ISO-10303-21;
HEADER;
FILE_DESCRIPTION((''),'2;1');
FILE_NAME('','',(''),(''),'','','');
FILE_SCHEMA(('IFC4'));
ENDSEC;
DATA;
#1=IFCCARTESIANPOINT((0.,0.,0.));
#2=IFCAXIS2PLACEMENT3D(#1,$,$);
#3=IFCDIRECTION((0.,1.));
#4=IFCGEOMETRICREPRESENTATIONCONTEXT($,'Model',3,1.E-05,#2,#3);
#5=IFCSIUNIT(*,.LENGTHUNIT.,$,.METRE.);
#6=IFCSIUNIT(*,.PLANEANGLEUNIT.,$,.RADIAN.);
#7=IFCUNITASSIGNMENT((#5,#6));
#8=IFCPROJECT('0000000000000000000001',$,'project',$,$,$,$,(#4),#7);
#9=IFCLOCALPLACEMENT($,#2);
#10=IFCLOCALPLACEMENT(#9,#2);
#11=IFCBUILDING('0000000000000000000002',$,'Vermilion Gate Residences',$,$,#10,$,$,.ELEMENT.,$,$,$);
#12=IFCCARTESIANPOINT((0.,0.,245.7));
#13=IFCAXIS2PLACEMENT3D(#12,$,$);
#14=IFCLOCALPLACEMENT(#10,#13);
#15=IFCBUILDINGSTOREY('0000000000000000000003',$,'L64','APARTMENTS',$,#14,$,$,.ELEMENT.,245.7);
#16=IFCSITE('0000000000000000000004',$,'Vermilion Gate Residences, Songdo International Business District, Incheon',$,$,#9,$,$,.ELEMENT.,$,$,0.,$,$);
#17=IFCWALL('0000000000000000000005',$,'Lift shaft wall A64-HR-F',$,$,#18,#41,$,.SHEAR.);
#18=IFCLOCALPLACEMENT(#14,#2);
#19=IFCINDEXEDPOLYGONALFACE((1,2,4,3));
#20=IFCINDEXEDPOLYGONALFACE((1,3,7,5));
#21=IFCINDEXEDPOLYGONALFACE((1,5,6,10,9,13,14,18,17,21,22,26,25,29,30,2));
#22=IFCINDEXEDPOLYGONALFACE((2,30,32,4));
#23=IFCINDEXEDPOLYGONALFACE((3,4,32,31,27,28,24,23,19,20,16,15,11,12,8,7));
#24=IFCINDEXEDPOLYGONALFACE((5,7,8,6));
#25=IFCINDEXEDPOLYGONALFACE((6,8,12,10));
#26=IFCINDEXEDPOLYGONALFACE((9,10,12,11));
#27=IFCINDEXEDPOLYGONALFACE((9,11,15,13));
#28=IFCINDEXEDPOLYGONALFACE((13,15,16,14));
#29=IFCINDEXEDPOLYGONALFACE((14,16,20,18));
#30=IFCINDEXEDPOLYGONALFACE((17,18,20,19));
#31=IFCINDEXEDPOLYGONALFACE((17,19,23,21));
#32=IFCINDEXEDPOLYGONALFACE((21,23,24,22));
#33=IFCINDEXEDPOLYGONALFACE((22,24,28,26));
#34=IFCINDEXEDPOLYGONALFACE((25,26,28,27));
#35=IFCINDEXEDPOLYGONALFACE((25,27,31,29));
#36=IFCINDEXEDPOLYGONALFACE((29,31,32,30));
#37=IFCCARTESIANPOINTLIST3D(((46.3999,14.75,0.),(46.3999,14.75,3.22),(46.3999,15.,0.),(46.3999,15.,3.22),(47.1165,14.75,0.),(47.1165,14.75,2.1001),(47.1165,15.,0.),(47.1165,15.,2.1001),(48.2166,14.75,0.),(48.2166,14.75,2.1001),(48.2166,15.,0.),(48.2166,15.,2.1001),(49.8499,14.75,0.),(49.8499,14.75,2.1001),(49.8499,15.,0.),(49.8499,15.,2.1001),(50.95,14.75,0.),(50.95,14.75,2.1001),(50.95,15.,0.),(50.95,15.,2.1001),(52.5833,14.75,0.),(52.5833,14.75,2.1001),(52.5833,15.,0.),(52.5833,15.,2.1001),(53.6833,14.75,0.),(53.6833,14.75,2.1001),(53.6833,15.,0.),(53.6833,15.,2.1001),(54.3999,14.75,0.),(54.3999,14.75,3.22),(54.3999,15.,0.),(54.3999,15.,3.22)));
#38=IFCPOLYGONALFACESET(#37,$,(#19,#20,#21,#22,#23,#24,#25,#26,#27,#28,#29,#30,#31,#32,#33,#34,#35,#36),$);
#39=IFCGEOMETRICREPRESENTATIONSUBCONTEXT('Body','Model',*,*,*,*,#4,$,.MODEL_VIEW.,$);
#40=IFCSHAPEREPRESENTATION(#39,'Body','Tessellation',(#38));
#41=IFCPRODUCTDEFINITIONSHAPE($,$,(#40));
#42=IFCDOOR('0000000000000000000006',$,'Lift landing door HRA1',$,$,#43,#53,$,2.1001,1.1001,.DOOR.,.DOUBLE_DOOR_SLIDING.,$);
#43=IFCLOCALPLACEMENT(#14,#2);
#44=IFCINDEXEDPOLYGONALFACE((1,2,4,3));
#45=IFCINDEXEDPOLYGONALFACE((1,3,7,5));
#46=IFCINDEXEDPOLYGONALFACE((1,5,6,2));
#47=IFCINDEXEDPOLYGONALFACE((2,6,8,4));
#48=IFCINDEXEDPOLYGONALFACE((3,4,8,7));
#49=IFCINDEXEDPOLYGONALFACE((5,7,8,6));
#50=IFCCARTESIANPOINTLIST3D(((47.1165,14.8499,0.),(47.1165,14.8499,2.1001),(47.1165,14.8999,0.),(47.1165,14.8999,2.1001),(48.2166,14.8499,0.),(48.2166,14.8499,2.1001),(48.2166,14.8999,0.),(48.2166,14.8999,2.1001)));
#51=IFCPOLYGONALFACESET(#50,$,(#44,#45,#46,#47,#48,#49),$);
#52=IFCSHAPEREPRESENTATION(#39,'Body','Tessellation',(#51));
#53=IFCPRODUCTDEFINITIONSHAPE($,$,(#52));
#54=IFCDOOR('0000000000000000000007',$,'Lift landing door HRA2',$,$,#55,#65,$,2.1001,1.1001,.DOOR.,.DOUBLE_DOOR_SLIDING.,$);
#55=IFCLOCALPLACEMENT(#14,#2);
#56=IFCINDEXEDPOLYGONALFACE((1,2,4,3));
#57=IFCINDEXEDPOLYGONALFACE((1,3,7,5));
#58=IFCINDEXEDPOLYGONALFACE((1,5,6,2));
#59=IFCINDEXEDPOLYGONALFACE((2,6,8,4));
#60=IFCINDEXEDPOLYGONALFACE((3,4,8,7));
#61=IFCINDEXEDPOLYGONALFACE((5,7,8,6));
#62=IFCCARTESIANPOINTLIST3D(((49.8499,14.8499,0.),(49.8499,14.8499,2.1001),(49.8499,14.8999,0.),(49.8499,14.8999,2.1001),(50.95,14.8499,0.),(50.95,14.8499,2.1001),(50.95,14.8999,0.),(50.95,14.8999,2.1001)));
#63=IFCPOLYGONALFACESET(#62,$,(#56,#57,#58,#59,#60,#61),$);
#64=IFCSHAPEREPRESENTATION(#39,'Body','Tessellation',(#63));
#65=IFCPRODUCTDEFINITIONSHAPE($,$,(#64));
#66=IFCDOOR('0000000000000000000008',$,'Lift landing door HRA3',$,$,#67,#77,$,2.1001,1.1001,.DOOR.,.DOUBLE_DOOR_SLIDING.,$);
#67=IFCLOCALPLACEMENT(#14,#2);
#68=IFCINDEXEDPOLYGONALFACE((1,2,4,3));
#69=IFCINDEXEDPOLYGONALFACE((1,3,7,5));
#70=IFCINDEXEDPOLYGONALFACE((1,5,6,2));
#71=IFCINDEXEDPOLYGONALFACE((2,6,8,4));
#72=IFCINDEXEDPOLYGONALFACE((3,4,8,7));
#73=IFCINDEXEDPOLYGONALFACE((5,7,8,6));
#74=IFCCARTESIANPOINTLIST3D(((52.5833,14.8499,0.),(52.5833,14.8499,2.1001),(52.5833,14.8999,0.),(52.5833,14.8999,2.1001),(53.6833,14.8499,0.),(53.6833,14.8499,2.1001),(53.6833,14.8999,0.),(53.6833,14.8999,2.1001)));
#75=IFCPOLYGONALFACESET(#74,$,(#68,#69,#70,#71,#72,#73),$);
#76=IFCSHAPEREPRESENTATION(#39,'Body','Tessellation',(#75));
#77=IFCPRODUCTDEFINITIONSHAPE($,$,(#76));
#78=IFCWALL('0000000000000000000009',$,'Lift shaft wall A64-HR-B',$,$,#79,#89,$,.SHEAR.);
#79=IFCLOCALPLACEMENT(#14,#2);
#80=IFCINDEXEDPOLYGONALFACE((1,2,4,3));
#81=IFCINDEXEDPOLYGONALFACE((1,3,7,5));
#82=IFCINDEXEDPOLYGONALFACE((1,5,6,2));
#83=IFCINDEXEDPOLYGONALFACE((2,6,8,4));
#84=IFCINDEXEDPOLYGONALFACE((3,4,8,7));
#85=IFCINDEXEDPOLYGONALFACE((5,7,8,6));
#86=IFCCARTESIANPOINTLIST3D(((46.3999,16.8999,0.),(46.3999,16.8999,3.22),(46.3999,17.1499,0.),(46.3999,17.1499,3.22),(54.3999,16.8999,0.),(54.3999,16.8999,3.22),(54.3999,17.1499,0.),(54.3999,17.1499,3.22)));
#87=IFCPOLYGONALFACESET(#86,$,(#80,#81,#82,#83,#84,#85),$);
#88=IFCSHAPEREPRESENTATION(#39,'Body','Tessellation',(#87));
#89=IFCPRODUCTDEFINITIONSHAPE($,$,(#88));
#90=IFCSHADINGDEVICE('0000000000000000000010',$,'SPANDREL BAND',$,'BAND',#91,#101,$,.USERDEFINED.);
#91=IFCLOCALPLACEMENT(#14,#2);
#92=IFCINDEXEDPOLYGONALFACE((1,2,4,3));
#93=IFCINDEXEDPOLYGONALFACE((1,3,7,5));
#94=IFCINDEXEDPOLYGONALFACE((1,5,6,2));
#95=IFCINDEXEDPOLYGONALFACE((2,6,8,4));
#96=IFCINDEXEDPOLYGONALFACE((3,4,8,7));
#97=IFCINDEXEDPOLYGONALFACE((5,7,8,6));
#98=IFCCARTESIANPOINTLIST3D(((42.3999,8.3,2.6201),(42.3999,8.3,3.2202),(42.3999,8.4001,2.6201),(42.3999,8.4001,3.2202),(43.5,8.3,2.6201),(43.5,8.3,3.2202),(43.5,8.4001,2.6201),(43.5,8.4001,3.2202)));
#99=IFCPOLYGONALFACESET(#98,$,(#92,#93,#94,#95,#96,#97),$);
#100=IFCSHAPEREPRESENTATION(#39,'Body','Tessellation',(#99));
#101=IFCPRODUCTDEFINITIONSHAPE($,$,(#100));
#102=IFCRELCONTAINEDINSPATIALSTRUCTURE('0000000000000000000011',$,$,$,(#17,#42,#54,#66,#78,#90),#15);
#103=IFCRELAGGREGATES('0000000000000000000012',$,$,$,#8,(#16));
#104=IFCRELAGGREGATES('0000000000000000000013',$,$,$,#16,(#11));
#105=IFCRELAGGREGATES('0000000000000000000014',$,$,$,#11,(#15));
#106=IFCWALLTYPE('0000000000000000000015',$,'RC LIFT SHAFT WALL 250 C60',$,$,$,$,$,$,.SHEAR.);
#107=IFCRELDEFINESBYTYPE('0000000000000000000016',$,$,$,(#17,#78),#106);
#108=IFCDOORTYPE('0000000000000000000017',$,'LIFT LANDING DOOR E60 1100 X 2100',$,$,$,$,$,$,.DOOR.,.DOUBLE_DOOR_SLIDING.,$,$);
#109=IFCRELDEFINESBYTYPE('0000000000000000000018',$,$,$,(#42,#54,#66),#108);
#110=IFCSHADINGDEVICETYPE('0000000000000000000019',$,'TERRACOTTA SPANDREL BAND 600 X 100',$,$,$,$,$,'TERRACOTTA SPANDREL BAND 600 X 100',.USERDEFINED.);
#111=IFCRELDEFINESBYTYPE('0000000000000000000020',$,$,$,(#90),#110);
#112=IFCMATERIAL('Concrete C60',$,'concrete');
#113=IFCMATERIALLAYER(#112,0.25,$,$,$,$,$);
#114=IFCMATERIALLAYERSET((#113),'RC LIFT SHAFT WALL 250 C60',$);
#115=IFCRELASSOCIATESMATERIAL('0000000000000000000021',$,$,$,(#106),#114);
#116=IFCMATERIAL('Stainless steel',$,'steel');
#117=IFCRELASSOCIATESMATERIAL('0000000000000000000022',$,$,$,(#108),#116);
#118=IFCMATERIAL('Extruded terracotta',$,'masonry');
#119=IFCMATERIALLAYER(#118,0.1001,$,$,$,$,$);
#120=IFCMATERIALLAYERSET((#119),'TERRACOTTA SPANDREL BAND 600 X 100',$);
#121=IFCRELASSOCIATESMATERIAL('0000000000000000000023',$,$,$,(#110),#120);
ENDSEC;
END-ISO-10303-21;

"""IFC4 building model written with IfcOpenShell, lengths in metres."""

from ifc_helpers import new_model, si_unit, direction, frame, frame_2d, origin, origin_2d, place, context, subcontext, project, spatial, rectangle, extrude, material, layer, layer_set, type_object, element, fill, save


model = new_model("IFC4")

# Units and contexts
model_context = context("Model", 3, precision=1e-05, world=origin(), true_north=direction((0.0, 1.0)))
body_context = subcontext(model_context, "Body", "Model", "MODEL_VIEW")
ifc_project = project(units=[si_unit("LENGTHUNIT", "METRE"), si_unit("PLANEANGLEUNIT", "RADIAN")], contexts=[model_context])

# Site, building, storey
site_placement = place(None, origin())
site = spatial("IfcSite", under=ifc_project, at=site_placement, Name="Vermilion Gate Residences, Songdo International Business District, Incheon", CompositionType="ELEMENT", RefElevation=0.0)
building_placement = place(site_placement, origin())
building = spatial("IfcBuilding", under=site, at=building_placement, Name="Vermilion Gate Residences", CompositionType="ELEMENT")
storey_placement = place(building_placement, frame((0.0, 0.0, 245.7)))
storey = spatial("IfcBuildingStorey", under=building, at=storey_placement, Name="L64", Description="APARTMENTS", CompositionType="ELEMENT", Elevation=245.7)

# Wall, openings, doors
ifc_material_1 = material(Name="Concrete C60", Category="concrete")
ifc_layer_1 = layer(ifc_material_1, 0.25)
ifc_layer_set_1 = layer_set([ifc_layer_1], Name="RC LIFT SHAFT WALL 250 C60")
wall_type_1 = type_object("IfcWallType", Name="RC LIFT SHAFT WALL 250 C60", PredefinedType="SHEAR", material=ifc_layer_set_1)
wall_1_placement = place(storey_placement, frame((46.3999, 14.875, 0.0), z_axis=(0.0, 0.0, 1.0), x_axis=(1.0, 0.0, 0.0)))
wall_1 = element("IfcWall", 1, at=wall_1_placement, inside=storey, type_object=wall_type_1, Name="Lift shaft wall A64-HR-F", PredefinedType="SHEAR", context=body_context, shape_type="SweptSolid", body=[
    extrude(rectangle(XDim=8.0, YDim=0.25, at=frame_2d((4.0, 0.0))), origin(), (0.0, 0.0, 1.0), 3.22),
])
opening_1_placement = place(wall_1_placement, frame((0.7166, 0.0, 0.0)))
opening_1 = element("IfcOpeningElement", 2, at=opening_1_placement, cuts=wall_1, PredefinedType="OPENING", context=body_context, shape_type="SweptSolid", body=[
    extrude(rectangle(XDim=1.1001, YDim=2.1001, at=frame_2d((0.55, 1.05))), frame((0.0, 0.135, 0.0), z_axis=(0.0, -1.0, 0.0), x_axis=(1.0, 0.0, 0.0)), (0.0, 0.0, 1.0), 0.27),
])
opening_2_placement = place(wall_1_placement, frame((3.45, 0.0, 0.0)))
opening_2 = element("IfcOpeningElement", 3, at=opening_2_placement, cuts=wall_1, PredefinedType="OPENING", context=body_context, shape_type="SweptSolid", body=[
    extrude(rectangle(XDim=1.1001, YDim=2.1001, at=frame_2d((0.55, 1.05))), frame((0.0, 0.135, 0.0), z_axis=(0.0, -1.0, 0.0), x_axis=(1.0, 0.0, 0.0)), (0.0, 0.0, 1.0), 0.27),
])
opening_3_placement = place(wall_1_placement, frame((6.1833, 0.0, 0.0)))
opening_3 = element("IfcOpeningElement", 4, at=opening_3_placement, cuts=wall_1, PredefinedType="OPENING", context=body_context, shape_type="SweptSolid", body=[
    extrude(rectangle(XDim=1.1001, YDim=2.1001, at=frame_2d((0.55, 1.05))), frame((0.0, 0.135, 0.0), z_axis=(0.0, -1.0, 0.0), x_axis=(1.0, 0.0, 0.0)), (0.0, 0.0, 1.0), 0.27),
])
ifc_material_2 = material(Name="Stainless steel", Category="steel")
door_type_1 = type_object("IfcDoorType", Name="LIFT LANDING DOOR E60 1100 X 2100", OperationType="DOUBLE_DOOR_SLIDING", PredefinedType="DOOR", material=ifc_material_2)
door_1_placement = place(opening_1_placement, origin())
door_1 = element("IfcDoor", 5, at=door_1_placement, inside=storey, type_object=door_type_1, Name="Lift landing door HRA1", OperationType="DOUBLE_DOOR_SLIDING", OverallHeight=2.1001, OverallWidth=1.1001, PredefinedType="DOOR", context=body_context, shape_type="SweptSolid", body=[
    extrude(rectangle(XDim=1.1001, YDim=2.1001, at=frame_2d((0.55, 1.05))), frame((0.0, 0.0249, 0.0), z_axis=(0.0, -1.0, 0.0), x_axis=(1.0, 0.0, 0.0)), (0.0, 0.0, 1.0), 0.05),
])
fill(opening_1, door_1)
door_2_placement = place(opening_2_placement, origin())
door_2 = element("IfcDoor", 6, at=door_2_placement, inside=storey, type_object=door_type_1, Name="Lift landing door HRA2", OperationType="DOUBLE_DOOR_SLIDING", OverallHeight=2.1001, OverallWidth=1.1001, PredefinedType="DOOR", context=body_context, shape_type="SweptSolid", body=[
    extrude(rectangle(XDim=1.1001, YDim=2.1001, at=frame_2d((0.55, 1.05))), frame((0.0, 0.0249, 0.0), z_axis=(0.0, -1.0, 0.0), x_axis=(1.0, 0.0, 0.0)), (0.0, 0.0, 1.0), 0.05),
])
fill(opening_2, door_2)
door_3_placement = place(opening_3_placement, origin())
door_3 = element("IfcDoor", 7, at=door_3_placement, inside=storey, type_object=door_type_1, Name="Lift landing door HRA3", OperationType="DOUBLE_DOOR_SLIDING", OverallHeight=2.1001, OverallWidth=1.1001, PredefinedType="DOOR", context=body_context, shape_type="SweptSolid", body=[
    extrude(rectangle(XDim=1.1001, YDim=2.1001, at=frame_2d((0.55, 1.05))), frame((0.0, 0.0249, 0.0), z_axis=(0.0, -1.0, 0.0), x_axis=(1.0, 0.0, 0.0)), (0.0, 0.0, 1.0), 0.05),
])
fill(opening_3, door_3)

# Wall
wall_2_placement = place(storey_placement, frame((46.3999, 17.0249, 0.0), z_axis=(0.0, 0.0, 1.0), x_axis=(1.0, 0.0, 0.0)))
element("IfcWall", 8, at=wall_2_placement, inside=storey, type_object=wall_type_1, Name="Lift shaft wall A64-HR-B", PredefinedType="SHEAR", context=body_context, shape_type="SweptSolid", body=[
    extrude(rectangle(XDim=8.0, YDim=0.25, at=frame_2d((4.0, 0.0))), origin(), (0.0, 0.0, 1.0), 3.22),
])

# Shading device
ifc_material_3 = material(Name="Extruded terracotta", Category="masonry")
ifc_layer_2 = layer(ifc_material_3, 0.1001)
ifc_layer_set_2 = layer_set([ifc_layer_2], Name="TERRACOTTA SPANDREL BAND 600 X 100")
shading_device_type = type_object("IfcShadingDeviceType", Name="TERRACOTTA SPANDREL BAND 600 X 100", ElementType="TERRACOTTA SPANDREL BAND 600 X 100", PredefinedType="USERDEFINED", material=ifc_layer_set_2)
shading_device_placement = place(storey_placement, frame((42.95, 8.3501, 2.6201), z_axis=(0.0, 0.0, 1.0), x_axis=(1.0, 0.0, 0.0)))
element("IfcShadingDevice", 9, at=shading_device_placement, inside=storey, type_object=shading_device_type, Name="SPANDREL BAND", ObjectType="BAND", PredefinedType="USERDEFINED", context=body_context, shape_type="SweptSolid", body=[
    extrude(rectangle(XDim=1.1001, YDim=0.1001, at=origin_2d()), origin(), (0.0, 0.0, 1.0), 0.6001),
])

save(model, "model.ifc")
